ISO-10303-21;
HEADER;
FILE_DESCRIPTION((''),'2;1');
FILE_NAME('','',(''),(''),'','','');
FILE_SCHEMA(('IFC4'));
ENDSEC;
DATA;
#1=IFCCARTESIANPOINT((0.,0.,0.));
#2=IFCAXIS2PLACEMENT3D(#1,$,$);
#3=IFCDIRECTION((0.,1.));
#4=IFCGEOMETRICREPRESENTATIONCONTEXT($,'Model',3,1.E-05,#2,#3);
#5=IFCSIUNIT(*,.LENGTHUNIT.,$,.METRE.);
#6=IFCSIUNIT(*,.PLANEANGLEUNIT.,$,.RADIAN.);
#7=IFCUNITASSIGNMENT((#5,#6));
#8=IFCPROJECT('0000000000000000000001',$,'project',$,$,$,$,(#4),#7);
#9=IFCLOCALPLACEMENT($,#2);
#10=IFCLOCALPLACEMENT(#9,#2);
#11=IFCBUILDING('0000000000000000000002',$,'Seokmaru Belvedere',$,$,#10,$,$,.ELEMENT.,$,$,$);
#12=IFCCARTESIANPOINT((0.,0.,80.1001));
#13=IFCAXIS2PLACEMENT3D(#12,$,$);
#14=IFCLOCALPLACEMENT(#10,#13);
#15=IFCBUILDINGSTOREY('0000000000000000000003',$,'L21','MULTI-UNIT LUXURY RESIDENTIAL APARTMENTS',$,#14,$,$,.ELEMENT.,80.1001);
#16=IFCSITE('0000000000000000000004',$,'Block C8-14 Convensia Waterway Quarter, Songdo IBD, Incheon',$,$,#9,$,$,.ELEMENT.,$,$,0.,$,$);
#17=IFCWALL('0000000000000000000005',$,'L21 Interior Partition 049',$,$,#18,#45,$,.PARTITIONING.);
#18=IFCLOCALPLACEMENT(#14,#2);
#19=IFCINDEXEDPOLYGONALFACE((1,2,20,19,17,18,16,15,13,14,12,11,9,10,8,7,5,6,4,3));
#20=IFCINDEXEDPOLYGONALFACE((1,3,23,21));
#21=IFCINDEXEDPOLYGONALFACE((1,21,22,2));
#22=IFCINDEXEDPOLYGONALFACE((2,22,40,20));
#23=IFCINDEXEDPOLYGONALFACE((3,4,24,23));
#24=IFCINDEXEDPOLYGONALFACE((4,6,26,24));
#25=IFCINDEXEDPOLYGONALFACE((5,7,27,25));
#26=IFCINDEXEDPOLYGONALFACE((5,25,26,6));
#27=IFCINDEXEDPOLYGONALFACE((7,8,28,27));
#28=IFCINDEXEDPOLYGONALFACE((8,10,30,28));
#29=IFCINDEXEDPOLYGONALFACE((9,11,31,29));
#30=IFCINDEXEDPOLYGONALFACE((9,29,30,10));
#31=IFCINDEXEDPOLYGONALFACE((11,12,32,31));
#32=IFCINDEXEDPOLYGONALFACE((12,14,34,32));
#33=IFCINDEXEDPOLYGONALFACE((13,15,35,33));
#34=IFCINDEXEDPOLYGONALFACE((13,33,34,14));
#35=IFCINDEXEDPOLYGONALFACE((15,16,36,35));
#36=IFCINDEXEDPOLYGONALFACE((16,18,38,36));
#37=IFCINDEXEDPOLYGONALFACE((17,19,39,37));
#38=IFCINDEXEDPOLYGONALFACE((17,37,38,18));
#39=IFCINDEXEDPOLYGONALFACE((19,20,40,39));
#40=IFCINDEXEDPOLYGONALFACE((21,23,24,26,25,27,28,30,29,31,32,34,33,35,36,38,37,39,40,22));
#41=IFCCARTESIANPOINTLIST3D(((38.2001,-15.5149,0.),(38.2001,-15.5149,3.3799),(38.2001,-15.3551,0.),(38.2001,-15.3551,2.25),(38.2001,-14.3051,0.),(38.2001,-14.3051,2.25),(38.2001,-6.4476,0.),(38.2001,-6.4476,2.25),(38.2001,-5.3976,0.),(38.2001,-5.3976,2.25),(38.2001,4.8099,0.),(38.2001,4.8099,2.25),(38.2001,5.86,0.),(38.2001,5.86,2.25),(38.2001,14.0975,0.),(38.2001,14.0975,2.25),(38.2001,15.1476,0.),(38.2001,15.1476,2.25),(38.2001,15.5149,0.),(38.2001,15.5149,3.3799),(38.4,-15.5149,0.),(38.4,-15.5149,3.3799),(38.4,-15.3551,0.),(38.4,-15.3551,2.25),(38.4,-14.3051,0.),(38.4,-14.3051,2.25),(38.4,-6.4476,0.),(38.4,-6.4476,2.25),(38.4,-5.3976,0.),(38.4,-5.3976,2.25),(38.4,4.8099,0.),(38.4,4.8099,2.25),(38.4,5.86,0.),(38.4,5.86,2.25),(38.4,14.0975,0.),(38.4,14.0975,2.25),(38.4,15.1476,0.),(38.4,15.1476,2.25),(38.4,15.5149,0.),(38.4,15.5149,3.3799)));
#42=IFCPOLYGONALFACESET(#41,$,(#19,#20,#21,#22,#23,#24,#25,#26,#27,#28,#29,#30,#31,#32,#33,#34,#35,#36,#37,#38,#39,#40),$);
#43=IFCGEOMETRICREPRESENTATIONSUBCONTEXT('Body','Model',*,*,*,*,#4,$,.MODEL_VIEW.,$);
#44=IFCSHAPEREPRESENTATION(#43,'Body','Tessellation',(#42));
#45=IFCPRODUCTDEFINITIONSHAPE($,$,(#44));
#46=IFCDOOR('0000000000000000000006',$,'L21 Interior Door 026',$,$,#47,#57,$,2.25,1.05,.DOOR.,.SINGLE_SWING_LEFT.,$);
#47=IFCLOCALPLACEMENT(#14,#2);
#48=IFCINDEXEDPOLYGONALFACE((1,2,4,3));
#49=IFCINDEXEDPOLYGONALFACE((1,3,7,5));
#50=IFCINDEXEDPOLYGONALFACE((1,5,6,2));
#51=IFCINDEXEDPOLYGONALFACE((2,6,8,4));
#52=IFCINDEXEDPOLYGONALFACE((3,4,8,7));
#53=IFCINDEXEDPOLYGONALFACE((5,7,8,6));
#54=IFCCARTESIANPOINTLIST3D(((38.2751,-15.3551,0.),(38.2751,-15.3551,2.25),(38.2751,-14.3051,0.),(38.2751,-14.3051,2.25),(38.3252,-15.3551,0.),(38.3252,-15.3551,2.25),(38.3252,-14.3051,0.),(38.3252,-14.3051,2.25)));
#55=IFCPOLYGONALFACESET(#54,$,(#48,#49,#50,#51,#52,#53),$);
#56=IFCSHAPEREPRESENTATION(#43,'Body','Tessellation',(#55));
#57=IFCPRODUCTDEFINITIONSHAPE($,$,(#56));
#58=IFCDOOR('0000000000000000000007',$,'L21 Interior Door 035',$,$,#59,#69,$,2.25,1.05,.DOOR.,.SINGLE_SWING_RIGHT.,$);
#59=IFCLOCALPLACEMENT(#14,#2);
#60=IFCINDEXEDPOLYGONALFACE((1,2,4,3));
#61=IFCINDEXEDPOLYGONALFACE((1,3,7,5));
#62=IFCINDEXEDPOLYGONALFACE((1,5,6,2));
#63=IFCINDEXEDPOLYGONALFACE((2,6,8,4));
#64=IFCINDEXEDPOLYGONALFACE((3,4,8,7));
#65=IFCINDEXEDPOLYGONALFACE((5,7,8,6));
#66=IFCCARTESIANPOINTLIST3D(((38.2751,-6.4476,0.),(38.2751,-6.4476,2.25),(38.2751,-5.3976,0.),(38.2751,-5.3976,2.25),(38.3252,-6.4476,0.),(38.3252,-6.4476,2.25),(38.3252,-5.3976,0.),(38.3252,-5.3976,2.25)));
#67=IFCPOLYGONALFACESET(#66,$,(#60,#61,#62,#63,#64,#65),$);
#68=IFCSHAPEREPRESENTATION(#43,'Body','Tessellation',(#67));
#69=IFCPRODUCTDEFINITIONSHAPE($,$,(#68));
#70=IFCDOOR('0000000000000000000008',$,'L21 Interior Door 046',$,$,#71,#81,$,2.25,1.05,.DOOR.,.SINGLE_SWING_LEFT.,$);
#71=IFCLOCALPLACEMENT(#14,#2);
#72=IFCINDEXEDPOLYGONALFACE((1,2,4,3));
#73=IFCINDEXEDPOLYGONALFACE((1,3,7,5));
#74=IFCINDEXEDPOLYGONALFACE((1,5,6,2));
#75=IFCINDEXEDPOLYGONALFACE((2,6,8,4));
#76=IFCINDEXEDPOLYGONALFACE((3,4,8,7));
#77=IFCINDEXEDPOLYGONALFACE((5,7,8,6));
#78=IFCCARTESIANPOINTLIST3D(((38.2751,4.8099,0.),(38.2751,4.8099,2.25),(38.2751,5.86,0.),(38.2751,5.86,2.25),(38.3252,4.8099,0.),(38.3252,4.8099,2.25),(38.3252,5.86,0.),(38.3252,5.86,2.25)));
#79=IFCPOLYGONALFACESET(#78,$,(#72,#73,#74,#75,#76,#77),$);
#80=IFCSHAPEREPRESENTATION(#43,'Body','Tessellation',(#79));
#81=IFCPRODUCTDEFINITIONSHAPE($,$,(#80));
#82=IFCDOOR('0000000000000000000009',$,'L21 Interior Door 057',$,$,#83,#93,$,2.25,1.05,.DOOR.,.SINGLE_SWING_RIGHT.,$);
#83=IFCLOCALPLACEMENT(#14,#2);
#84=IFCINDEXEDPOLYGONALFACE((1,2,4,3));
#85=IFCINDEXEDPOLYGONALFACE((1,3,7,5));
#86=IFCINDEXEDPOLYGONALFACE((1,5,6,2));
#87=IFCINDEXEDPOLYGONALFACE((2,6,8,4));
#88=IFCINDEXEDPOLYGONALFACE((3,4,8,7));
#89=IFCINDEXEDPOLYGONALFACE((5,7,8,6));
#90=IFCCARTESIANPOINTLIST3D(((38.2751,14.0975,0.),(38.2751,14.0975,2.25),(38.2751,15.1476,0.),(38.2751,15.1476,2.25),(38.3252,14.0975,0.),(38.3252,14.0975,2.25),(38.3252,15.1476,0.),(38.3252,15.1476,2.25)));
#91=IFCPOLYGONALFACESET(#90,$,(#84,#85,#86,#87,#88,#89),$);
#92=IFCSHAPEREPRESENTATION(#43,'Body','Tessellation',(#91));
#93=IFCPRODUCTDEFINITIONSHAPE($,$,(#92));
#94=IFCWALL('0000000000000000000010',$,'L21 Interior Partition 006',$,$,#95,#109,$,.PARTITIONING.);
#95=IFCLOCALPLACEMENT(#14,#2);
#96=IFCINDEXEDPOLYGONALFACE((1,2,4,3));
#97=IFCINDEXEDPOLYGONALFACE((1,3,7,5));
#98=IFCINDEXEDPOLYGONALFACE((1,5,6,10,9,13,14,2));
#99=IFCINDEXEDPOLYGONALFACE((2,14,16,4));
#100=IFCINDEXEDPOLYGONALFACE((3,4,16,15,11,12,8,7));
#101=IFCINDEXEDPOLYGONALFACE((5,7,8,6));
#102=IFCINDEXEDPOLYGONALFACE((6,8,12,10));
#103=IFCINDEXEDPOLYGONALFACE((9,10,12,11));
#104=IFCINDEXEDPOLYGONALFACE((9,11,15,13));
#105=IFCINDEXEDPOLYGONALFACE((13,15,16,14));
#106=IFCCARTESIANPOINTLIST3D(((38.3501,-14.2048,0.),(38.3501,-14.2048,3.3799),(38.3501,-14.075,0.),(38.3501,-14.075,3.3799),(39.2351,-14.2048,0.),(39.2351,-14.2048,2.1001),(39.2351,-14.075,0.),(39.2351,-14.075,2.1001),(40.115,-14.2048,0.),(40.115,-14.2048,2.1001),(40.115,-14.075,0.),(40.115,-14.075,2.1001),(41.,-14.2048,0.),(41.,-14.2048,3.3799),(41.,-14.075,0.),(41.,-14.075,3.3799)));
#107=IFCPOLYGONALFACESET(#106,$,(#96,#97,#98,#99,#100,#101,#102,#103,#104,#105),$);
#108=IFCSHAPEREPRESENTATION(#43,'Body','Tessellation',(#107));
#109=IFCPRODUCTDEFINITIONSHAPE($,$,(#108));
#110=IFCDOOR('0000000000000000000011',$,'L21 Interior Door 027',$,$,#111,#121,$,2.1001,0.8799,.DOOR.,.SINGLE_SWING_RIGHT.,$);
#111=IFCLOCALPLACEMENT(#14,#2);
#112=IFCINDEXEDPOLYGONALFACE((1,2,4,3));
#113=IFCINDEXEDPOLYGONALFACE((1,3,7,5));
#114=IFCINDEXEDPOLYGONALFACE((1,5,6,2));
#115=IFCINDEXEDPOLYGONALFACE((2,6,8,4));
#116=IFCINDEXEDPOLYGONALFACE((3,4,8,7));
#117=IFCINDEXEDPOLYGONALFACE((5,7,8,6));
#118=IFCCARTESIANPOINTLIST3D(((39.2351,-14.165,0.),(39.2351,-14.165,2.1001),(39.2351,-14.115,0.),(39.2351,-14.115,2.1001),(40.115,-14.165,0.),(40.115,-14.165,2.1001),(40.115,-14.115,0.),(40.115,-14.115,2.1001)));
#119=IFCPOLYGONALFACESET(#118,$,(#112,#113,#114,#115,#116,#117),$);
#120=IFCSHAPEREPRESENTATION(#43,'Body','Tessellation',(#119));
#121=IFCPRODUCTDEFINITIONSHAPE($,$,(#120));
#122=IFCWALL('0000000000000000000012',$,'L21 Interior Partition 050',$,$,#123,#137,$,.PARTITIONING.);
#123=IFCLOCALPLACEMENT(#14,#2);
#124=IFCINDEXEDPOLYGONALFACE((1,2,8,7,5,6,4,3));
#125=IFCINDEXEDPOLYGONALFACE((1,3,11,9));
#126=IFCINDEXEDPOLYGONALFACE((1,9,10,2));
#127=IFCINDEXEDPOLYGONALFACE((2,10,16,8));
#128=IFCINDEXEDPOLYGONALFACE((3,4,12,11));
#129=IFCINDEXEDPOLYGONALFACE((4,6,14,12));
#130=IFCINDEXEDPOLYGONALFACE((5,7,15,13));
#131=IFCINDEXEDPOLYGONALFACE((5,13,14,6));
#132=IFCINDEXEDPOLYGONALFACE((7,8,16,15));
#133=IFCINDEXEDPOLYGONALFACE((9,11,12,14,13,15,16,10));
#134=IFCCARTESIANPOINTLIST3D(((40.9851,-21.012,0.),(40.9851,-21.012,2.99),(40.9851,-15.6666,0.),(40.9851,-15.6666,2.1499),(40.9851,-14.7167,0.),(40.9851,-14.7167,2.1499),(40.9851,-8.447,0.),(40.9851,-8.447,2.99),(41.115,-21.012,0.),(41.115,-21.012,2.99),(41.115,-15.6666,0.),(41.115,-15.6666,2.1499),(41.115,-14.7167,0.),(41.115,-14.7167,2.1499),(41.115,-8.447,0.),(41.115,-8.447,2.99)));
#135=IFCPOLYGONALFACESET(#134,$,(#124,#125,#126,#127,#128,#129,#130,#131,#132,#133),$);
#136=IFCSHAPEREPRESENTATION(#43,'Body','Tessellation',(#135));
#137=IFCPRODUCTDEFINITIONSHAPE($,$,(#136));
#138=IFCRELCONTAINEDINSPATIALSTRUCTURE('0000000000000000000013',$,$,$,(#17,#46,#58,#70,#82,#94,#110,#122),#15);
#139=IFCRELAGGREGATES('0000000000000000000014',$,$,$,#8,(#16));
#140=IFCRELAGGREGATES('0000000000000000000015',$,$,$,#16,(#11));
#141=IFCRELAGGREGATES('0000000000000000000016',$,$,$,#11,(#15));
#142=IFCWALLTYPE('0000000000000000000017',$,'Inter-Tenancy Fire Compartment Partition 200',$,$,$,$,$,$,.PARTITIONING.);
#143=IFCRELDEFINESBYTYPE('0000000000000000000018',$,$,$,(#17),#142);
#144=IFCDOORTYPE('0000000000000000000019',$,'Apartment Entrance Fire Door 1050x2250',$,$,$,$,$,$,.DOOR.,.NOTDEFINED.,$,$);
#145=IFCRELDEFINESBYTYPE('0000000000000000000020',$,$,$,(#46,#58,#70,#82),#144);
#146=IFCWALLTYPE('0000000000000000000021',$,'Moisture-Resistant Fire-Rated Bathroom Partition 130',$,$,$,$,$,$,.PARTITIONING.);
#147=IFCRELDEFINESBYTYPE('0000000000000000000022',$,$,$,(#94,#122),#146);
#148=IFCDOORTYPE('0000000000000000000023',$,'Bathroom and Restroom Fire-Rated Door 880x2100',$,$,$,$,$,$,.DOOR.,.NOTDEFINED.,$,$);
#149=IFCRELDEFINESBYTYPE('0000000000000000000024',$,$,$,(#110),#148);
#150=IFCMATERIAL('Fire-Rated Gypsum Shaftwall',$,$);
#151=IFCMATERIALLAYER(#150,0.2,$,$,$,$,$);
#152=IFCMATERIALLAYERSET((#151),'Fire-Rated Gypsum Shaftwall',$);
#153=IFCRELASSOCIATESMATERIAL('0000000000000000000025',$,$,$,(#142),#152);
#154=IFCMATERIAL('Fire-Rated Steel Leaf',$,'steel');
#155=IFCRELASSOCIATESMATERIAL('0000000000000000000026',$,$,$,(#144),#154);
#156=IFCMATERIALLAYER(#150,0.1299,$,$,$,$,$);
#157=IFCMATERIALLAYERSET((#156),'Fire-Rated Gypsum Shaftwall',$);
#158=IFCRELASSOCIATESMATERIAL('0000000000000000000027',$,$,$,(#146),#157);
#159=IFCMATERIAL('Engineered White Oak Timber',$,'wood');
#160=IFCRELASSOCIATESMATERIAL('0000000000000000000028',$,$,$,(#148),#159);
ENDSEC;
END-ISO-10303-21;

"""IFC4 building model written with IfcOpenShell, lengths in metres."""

from ifc_helpers import new_model, si_unit, direction, frame, frame_2d, origin, place, context, subcontext, project, spatial, rectangle, extrude, source, transform, mapped, material, layer, layer_set, type_object, type_shapes, element, fill, save


model = new_model("IFC4")

# Units and contexts
model_context = context("Model", 3, precision=1e-05, world=origin(), true_north=direction((0.0, 1.0)))
body_context = subcontext(model_context, "Body", "Model", "MODEL_VIEW")
ifc_project = project(units=[si_unit("LENGTHUNIT", "METRE"), si_unit("PLANEANGLEUNIT", "RADIAN")], contexts=[model_context])

# Site, building, storey
site_placement = place(None, origin())
site = spatial("IfcSite", under=ifc_project, at=site_placement, Name="Block C8-14 Convensia Waterway Quarter, Songdo IBD, Incheon", CompositionType="ELEMENT", RefElevation=0.0)
building_placement = place(site_placement, origin())
building = spatial("IfcBuilding", under=site, at=building_placement, Name="Seokmaru Belvedere", CompositionType="ELEMENT")
storey_placement = place(building_placement, frame((0.0, 0.0, 80.1001)))
storey = spatial("IfcBuildingStorey", under=building, at=storey_placement, Name="L21", Description="MULTI-UNIT LUXURY RESIDENTIAL APARTMENTS", CompositionType="ELEMENT", Elevation=80.1001)

# Shared definitions
ifc_material_1 = material(Name="Fire-Rated Gypsum Shaftwall")
ifc_material_2 = material(Name="Engineered White Oak Timber", Category="wood")

# Wall, openings, doors
ifc_layer_1 = layer(ifc_material_1, 0.2)
ifc_layer_set_1 = layer_set([ifc_layer_1], Name="Fire-Rated Gypsum Shaftwall")
wall_type_1 = type_object("IfcWallType", Name="Inter-Tenancy Fire Compartment Partition 200", PredefinedType="PARTITIONING", material=ifc_layer_set_1)
wall_1_placement = place(storey_placement, frame((38.3, -15.5149, 0.0), z_axis=(0.0, 0.0, 1.0), x_axis=(0.0, 1.0, 0.0)))
wall_1 = element("IfcWall", 1, at=wall_1_placement, inside=storey, type_object=wall_type_1, Name="L21 Interior Partition 049", PredefinedType="PARTITIONING", context=body_context, shape_type="SweptSolid", body=[
    extrude(rectangle(XDim=31.0298, YDim=0.2, at=frame_2d((15.5149, 0.0))), origin(), (0.0, 0.0, 1.0), 3.3799),
])
opening_1_placement = place(wall_1_placement, frame((0.1599, 0.0, 0.0)))
opening_1 = element("IfcOpeningElement", 2, at=opening_1_placement, cuts=wall_1, PredefinedType="OPENING", context=body_context, shape_type="SweptSolid", body=[
    extrude(rectangle(XDim=1.05, YDim=2.25, at=frame_2d((0.5249, 1.125))), frame((0.0, 0.1099, 0.0), z_axis=(0.0, -1.0, 0.0), x_axis=(1.0, 0.0, 0.0)), (0.0, 0.0, 1.0), 0.22),
])
opening_2_placement = place(wall_1_placement, frame((9.0674, 0.0, 0.0)))
opening_2 = element("IfcOpeningElement", 3, at=opening_2_placement, cuts=wall_1, PredefinedType="OPENING", context=body_context, shape_type="SweptSolid", body=[
    extrude(rectangle(XDim=1.05, YDim=2.25, at=frame_2d((0.5249, 1.125))), frame((0.0, 0.1099, 0.0), z_axis=(0.0, -1.0, 0.0), x_axis=(1.0, 0.0, 0.0)), (0.0, 0.0, 1.0), 0.22),
])
opening_3_placement = place(wall_1_placement, frame((20.325, 0.0, 0.0)))
opening_3 = element("IfcOpeningElement", 4, at=opening_3_placement, cuts=wall_1, PredefinedType="OPENING", context=body_context, shape_type="SweptSolid", body=[
    extrude(rectangle(XDim=1.05, YDim=2.25, at=frame_2d((0.5249, 1.125))), frame((0.0, 0.1099, 0.0), z_axis=(0.0, -1.0, 0.0), x_axis=(1.0, 0.0, 0.0)), (0.0, 0.0, 1.0), 0.22),
])
opening_4_placement = place(wall_1_placement, frame((29.6125, 0.0, 0.0)))
opening_4 = element("IfcOpeningElement", 5, at=opening_4_placement, cuts=wall_1, PredefinedType="OPENING", context=body_context, shape_type="SweptSolid", body=[
    extrude(rectangle(XDim=1.05, YDim=2.25, at=frame_2d((0.5249, 1.125))), frame((0.0, 0.1099, 0.0), z_axis=(0.0, -1.0, 0.0), x_axis=(1.0, 0.0, 0.0)), (0.0, 0.0, 1.0), 0.22),
])
ifc_material_3 = material(Name="Fire-Rated Steel Leaf", Category="steel")
door_type_1 = type_object("IfcDoorType", Name="Apartment Entrance Fire Door 1050x2250", OperationType="NOTDEFINED", PredefinedType="DOOR", material=ifc_material_3)
shared_shape_1 = source(origin(), body_context, "Body", "SweptSolid", [
    extrude(rectangle(XDim=1.05, YDim=2.25, at=frame_2d((0.5249, 1.125))), frame((0.0, 0.0249, 0.0), z_axis=(0.0, -1.0, 0.0), x_axis=(1.0, 0.0, 0.0)), (0.0, 0.0, 1.0), 0.05),
])
type_shapes(door_type_1, [shared_shape_1])
door_1_placement = place(opening_1_placement, origin())
door_1 = element("IfcDoor", 6, at=door_1_placement, inside=storey, type_object=door_type_1, Name="L21 Interior Door 026", OperationType="SINGLE_SWING_LEFT", OverallHeight=2.25, OverallWidth=1.05, PredefinedType="DOOR", context=body_context, shape_type="MappedRepresentation", body=[
    mapped(shared_shape_1, transform((0.0, 0.0, 0.0), scale=1.0)),
])
fill(opening_1, door_1)
door_2_placement = place(opening_2_placement, origin())
door_2 = element("IfcDoor", 7, at=door_2_placement, inside=storey, type_object=door_type_1, Name="L21 Interior Door 035", OperationType="SINGLE_SWING_RIGHT", OverallHeight=2.25, OverallWidth=1.05, PredefinedType="DOOR", context=body_context, shape_type="MappedRepresentation", body=[
    mapped(shared_shape_1, transform((0.0, 0.0, 0.0), scale=1.0)),
])
fill(opening_2, door_2)
door_3_placement = place(opening_3_placement, origin())
door_3 = element("IfcDoor", 8, at=door_3_placement, inside=storey, type_object=door_type_1, Name="L21 Interior Door 046", OperationType="SINGLE_SWING_LEFT", OverallHeight=2.25, OverallWidth=1.05, PredefinedType="DOOR", context=body_context, shape_type="MappedRepresentation", body=[
    mapped(shared_shape_1, transform((0.0, 0.0, 0.0), scale=1.0)),
])
fill(opening_3, door_3)
door_4_placement = place(opening_4_placement, origin())
door_4 = element("IfcDoor", 9, at=door_4_placement, inside=storey, type_object=door_type_1, Name="L21 Interior Door 057", OperationType="SINGLE_SWING_RIGHT", OverallHeight=2.25, OverallWidth=1.05, PredefinedType="DOOR", context=body_context, shape_type="MappedRepresentation", body=[
    mapped(shared_shape_1, transform((0.0, 0.0, 0.0), scale=1.0)),
])
fill(opening_4, door_4)

# Wall, opening, door
ifc_layer_2 = layer(ifc_material_1, 0.1299)
ifc_layer_set_2 = layer_set([ifc_layer_2], Name="Fire-Rated Gypsum Shaftwall")
wall_type_2 = type_object("IfcWallType", Name="Moisture-Resistant Fire-Rated Bathroom Partition 130", PredefinedType="PARTITIONING", material=ifc_layer_set_2)
wall_2_placement = place(storey_placement, frame((38.3501, -14.1399, 0.0), z_axis=(0.0, 0.0, 1.0), x_axis=(1.0, 0.0, 0.0)))
wall_2 = element("IfcWall", 10, at=wall_2_placement, inside=storey, type_object=wall_type_2, Name="L21 Interior Partition 006", PredefinedType="PARTITIONING", context=body_context, shape_type="SweptSolid", body=[
    extrude(rectangle(XDim=2.6499, YDim=0.1299, at=frame_2d((1.325, 0.0))), origin(), (0.0, 0.0, 1.0), 3.3799),
])
opening_5_placement = place(wall_2_placement, frame((0.885, 0.0, 0.0)))
opening_5 = element("IfcOpeningElement", 11, at=opening_5_placement, cuts=wall_2, PredefinedType="OPENING", context=body_context, shape_type="SweptSolid", body=[
    extrude(rectangle(XDim=0.8799, YDim=2.1001, at=frame_2d((0.4399, 1.05))), frame((0.0, 0.075, 0.0), z_axis=(0.0, -1.0, 0.0), x_axis=(1.0, 0.0, 0.0)), (0.0, 0.0, 1.0), 0.1499),
])
door_type_2 = type_object("IfcDoorType", Name="Bathroom and Restroom Fire-Rated Door 880x2100", OperationType="NOTDEFINED", PredefinedType="DOOR", material=ifc_material_2)
shared_shape_2 = source(origin(), body_context, "Body", "SweptSolid", [
    extrude(rectangle(XDim=0.8799, YDim=2.1001, at=frame_2d((0.4399, 1.05))), frame((0.0, 0.0249, 0.0), z_axis=(0.0, -1.0, 0.0), x_axis=(1.0, 0.0, 0.0)), (0.0, 0.0, 1.0), 0.05),
])
type_shapes(door_type_2, [shared_shape_2])
door_5_placement = place(opening_5_placement, origin())
door_5 = element("IfcDoor", 12, at=door_5_placement, inside=storey, type_object=door_type_2, Name="L21 Interior Door 027", OperationType="SINGLE_SWING_RIGHT", OverallHeight=2.1001, OverallWidth=0.8799, PredefinedType="DOOR", context=body_context, shape_type="MappedRepresentation", body=[
    mapped(shared_shape_2, transform((0.0, 0.0, 0.0), scale=1.0)),
])
fill(opening_5, door_5)

# Wall, opening
wall_3_placement = place(storey_placement, frame((41.05, -21.012, 0.0), z_axis=(0.0, 0.0, 1.0), x_axis=(0.0, 1.0, 0.0)))
wall_3 = element("IfcWall", 13, at=wall_3_placement, inside=storey, type_object=wall_type_2, Name="L21 Interior Partition 050", PredefinedType="PARTITIONING", context=body_context, shape_type="SweptSolid", body=[
    extrude(rectangle(XDim=12.5649, YDim=0.1299, at=frame_2d((6.2825, 0.0))), origin(), (0.0, 0.0, 1.0), 2.99),
])
opening_6_placement = place(wall_3_placement, frame((5.3452, 0.0, 0.0)))
element("IfcOpeningElement", 14, at=opening_6_placement, cuts=wall_3, PredefinedType="OPENING", context=body_context, shape_type="SweptSolid", body=[
    extrude(rectangle(XDim=0.95, YDim=2.1499, at=frame_2d((0.4751, 1.075))), frame((0.0, 0.075, 0.0), z_axis=(0.0, -1.0, 0.0), x_axis=(1.0, 0.0, 0.0)), (0.0, 0.0, 1.0), 0.1499),
])

save(model, "model.ifc")
